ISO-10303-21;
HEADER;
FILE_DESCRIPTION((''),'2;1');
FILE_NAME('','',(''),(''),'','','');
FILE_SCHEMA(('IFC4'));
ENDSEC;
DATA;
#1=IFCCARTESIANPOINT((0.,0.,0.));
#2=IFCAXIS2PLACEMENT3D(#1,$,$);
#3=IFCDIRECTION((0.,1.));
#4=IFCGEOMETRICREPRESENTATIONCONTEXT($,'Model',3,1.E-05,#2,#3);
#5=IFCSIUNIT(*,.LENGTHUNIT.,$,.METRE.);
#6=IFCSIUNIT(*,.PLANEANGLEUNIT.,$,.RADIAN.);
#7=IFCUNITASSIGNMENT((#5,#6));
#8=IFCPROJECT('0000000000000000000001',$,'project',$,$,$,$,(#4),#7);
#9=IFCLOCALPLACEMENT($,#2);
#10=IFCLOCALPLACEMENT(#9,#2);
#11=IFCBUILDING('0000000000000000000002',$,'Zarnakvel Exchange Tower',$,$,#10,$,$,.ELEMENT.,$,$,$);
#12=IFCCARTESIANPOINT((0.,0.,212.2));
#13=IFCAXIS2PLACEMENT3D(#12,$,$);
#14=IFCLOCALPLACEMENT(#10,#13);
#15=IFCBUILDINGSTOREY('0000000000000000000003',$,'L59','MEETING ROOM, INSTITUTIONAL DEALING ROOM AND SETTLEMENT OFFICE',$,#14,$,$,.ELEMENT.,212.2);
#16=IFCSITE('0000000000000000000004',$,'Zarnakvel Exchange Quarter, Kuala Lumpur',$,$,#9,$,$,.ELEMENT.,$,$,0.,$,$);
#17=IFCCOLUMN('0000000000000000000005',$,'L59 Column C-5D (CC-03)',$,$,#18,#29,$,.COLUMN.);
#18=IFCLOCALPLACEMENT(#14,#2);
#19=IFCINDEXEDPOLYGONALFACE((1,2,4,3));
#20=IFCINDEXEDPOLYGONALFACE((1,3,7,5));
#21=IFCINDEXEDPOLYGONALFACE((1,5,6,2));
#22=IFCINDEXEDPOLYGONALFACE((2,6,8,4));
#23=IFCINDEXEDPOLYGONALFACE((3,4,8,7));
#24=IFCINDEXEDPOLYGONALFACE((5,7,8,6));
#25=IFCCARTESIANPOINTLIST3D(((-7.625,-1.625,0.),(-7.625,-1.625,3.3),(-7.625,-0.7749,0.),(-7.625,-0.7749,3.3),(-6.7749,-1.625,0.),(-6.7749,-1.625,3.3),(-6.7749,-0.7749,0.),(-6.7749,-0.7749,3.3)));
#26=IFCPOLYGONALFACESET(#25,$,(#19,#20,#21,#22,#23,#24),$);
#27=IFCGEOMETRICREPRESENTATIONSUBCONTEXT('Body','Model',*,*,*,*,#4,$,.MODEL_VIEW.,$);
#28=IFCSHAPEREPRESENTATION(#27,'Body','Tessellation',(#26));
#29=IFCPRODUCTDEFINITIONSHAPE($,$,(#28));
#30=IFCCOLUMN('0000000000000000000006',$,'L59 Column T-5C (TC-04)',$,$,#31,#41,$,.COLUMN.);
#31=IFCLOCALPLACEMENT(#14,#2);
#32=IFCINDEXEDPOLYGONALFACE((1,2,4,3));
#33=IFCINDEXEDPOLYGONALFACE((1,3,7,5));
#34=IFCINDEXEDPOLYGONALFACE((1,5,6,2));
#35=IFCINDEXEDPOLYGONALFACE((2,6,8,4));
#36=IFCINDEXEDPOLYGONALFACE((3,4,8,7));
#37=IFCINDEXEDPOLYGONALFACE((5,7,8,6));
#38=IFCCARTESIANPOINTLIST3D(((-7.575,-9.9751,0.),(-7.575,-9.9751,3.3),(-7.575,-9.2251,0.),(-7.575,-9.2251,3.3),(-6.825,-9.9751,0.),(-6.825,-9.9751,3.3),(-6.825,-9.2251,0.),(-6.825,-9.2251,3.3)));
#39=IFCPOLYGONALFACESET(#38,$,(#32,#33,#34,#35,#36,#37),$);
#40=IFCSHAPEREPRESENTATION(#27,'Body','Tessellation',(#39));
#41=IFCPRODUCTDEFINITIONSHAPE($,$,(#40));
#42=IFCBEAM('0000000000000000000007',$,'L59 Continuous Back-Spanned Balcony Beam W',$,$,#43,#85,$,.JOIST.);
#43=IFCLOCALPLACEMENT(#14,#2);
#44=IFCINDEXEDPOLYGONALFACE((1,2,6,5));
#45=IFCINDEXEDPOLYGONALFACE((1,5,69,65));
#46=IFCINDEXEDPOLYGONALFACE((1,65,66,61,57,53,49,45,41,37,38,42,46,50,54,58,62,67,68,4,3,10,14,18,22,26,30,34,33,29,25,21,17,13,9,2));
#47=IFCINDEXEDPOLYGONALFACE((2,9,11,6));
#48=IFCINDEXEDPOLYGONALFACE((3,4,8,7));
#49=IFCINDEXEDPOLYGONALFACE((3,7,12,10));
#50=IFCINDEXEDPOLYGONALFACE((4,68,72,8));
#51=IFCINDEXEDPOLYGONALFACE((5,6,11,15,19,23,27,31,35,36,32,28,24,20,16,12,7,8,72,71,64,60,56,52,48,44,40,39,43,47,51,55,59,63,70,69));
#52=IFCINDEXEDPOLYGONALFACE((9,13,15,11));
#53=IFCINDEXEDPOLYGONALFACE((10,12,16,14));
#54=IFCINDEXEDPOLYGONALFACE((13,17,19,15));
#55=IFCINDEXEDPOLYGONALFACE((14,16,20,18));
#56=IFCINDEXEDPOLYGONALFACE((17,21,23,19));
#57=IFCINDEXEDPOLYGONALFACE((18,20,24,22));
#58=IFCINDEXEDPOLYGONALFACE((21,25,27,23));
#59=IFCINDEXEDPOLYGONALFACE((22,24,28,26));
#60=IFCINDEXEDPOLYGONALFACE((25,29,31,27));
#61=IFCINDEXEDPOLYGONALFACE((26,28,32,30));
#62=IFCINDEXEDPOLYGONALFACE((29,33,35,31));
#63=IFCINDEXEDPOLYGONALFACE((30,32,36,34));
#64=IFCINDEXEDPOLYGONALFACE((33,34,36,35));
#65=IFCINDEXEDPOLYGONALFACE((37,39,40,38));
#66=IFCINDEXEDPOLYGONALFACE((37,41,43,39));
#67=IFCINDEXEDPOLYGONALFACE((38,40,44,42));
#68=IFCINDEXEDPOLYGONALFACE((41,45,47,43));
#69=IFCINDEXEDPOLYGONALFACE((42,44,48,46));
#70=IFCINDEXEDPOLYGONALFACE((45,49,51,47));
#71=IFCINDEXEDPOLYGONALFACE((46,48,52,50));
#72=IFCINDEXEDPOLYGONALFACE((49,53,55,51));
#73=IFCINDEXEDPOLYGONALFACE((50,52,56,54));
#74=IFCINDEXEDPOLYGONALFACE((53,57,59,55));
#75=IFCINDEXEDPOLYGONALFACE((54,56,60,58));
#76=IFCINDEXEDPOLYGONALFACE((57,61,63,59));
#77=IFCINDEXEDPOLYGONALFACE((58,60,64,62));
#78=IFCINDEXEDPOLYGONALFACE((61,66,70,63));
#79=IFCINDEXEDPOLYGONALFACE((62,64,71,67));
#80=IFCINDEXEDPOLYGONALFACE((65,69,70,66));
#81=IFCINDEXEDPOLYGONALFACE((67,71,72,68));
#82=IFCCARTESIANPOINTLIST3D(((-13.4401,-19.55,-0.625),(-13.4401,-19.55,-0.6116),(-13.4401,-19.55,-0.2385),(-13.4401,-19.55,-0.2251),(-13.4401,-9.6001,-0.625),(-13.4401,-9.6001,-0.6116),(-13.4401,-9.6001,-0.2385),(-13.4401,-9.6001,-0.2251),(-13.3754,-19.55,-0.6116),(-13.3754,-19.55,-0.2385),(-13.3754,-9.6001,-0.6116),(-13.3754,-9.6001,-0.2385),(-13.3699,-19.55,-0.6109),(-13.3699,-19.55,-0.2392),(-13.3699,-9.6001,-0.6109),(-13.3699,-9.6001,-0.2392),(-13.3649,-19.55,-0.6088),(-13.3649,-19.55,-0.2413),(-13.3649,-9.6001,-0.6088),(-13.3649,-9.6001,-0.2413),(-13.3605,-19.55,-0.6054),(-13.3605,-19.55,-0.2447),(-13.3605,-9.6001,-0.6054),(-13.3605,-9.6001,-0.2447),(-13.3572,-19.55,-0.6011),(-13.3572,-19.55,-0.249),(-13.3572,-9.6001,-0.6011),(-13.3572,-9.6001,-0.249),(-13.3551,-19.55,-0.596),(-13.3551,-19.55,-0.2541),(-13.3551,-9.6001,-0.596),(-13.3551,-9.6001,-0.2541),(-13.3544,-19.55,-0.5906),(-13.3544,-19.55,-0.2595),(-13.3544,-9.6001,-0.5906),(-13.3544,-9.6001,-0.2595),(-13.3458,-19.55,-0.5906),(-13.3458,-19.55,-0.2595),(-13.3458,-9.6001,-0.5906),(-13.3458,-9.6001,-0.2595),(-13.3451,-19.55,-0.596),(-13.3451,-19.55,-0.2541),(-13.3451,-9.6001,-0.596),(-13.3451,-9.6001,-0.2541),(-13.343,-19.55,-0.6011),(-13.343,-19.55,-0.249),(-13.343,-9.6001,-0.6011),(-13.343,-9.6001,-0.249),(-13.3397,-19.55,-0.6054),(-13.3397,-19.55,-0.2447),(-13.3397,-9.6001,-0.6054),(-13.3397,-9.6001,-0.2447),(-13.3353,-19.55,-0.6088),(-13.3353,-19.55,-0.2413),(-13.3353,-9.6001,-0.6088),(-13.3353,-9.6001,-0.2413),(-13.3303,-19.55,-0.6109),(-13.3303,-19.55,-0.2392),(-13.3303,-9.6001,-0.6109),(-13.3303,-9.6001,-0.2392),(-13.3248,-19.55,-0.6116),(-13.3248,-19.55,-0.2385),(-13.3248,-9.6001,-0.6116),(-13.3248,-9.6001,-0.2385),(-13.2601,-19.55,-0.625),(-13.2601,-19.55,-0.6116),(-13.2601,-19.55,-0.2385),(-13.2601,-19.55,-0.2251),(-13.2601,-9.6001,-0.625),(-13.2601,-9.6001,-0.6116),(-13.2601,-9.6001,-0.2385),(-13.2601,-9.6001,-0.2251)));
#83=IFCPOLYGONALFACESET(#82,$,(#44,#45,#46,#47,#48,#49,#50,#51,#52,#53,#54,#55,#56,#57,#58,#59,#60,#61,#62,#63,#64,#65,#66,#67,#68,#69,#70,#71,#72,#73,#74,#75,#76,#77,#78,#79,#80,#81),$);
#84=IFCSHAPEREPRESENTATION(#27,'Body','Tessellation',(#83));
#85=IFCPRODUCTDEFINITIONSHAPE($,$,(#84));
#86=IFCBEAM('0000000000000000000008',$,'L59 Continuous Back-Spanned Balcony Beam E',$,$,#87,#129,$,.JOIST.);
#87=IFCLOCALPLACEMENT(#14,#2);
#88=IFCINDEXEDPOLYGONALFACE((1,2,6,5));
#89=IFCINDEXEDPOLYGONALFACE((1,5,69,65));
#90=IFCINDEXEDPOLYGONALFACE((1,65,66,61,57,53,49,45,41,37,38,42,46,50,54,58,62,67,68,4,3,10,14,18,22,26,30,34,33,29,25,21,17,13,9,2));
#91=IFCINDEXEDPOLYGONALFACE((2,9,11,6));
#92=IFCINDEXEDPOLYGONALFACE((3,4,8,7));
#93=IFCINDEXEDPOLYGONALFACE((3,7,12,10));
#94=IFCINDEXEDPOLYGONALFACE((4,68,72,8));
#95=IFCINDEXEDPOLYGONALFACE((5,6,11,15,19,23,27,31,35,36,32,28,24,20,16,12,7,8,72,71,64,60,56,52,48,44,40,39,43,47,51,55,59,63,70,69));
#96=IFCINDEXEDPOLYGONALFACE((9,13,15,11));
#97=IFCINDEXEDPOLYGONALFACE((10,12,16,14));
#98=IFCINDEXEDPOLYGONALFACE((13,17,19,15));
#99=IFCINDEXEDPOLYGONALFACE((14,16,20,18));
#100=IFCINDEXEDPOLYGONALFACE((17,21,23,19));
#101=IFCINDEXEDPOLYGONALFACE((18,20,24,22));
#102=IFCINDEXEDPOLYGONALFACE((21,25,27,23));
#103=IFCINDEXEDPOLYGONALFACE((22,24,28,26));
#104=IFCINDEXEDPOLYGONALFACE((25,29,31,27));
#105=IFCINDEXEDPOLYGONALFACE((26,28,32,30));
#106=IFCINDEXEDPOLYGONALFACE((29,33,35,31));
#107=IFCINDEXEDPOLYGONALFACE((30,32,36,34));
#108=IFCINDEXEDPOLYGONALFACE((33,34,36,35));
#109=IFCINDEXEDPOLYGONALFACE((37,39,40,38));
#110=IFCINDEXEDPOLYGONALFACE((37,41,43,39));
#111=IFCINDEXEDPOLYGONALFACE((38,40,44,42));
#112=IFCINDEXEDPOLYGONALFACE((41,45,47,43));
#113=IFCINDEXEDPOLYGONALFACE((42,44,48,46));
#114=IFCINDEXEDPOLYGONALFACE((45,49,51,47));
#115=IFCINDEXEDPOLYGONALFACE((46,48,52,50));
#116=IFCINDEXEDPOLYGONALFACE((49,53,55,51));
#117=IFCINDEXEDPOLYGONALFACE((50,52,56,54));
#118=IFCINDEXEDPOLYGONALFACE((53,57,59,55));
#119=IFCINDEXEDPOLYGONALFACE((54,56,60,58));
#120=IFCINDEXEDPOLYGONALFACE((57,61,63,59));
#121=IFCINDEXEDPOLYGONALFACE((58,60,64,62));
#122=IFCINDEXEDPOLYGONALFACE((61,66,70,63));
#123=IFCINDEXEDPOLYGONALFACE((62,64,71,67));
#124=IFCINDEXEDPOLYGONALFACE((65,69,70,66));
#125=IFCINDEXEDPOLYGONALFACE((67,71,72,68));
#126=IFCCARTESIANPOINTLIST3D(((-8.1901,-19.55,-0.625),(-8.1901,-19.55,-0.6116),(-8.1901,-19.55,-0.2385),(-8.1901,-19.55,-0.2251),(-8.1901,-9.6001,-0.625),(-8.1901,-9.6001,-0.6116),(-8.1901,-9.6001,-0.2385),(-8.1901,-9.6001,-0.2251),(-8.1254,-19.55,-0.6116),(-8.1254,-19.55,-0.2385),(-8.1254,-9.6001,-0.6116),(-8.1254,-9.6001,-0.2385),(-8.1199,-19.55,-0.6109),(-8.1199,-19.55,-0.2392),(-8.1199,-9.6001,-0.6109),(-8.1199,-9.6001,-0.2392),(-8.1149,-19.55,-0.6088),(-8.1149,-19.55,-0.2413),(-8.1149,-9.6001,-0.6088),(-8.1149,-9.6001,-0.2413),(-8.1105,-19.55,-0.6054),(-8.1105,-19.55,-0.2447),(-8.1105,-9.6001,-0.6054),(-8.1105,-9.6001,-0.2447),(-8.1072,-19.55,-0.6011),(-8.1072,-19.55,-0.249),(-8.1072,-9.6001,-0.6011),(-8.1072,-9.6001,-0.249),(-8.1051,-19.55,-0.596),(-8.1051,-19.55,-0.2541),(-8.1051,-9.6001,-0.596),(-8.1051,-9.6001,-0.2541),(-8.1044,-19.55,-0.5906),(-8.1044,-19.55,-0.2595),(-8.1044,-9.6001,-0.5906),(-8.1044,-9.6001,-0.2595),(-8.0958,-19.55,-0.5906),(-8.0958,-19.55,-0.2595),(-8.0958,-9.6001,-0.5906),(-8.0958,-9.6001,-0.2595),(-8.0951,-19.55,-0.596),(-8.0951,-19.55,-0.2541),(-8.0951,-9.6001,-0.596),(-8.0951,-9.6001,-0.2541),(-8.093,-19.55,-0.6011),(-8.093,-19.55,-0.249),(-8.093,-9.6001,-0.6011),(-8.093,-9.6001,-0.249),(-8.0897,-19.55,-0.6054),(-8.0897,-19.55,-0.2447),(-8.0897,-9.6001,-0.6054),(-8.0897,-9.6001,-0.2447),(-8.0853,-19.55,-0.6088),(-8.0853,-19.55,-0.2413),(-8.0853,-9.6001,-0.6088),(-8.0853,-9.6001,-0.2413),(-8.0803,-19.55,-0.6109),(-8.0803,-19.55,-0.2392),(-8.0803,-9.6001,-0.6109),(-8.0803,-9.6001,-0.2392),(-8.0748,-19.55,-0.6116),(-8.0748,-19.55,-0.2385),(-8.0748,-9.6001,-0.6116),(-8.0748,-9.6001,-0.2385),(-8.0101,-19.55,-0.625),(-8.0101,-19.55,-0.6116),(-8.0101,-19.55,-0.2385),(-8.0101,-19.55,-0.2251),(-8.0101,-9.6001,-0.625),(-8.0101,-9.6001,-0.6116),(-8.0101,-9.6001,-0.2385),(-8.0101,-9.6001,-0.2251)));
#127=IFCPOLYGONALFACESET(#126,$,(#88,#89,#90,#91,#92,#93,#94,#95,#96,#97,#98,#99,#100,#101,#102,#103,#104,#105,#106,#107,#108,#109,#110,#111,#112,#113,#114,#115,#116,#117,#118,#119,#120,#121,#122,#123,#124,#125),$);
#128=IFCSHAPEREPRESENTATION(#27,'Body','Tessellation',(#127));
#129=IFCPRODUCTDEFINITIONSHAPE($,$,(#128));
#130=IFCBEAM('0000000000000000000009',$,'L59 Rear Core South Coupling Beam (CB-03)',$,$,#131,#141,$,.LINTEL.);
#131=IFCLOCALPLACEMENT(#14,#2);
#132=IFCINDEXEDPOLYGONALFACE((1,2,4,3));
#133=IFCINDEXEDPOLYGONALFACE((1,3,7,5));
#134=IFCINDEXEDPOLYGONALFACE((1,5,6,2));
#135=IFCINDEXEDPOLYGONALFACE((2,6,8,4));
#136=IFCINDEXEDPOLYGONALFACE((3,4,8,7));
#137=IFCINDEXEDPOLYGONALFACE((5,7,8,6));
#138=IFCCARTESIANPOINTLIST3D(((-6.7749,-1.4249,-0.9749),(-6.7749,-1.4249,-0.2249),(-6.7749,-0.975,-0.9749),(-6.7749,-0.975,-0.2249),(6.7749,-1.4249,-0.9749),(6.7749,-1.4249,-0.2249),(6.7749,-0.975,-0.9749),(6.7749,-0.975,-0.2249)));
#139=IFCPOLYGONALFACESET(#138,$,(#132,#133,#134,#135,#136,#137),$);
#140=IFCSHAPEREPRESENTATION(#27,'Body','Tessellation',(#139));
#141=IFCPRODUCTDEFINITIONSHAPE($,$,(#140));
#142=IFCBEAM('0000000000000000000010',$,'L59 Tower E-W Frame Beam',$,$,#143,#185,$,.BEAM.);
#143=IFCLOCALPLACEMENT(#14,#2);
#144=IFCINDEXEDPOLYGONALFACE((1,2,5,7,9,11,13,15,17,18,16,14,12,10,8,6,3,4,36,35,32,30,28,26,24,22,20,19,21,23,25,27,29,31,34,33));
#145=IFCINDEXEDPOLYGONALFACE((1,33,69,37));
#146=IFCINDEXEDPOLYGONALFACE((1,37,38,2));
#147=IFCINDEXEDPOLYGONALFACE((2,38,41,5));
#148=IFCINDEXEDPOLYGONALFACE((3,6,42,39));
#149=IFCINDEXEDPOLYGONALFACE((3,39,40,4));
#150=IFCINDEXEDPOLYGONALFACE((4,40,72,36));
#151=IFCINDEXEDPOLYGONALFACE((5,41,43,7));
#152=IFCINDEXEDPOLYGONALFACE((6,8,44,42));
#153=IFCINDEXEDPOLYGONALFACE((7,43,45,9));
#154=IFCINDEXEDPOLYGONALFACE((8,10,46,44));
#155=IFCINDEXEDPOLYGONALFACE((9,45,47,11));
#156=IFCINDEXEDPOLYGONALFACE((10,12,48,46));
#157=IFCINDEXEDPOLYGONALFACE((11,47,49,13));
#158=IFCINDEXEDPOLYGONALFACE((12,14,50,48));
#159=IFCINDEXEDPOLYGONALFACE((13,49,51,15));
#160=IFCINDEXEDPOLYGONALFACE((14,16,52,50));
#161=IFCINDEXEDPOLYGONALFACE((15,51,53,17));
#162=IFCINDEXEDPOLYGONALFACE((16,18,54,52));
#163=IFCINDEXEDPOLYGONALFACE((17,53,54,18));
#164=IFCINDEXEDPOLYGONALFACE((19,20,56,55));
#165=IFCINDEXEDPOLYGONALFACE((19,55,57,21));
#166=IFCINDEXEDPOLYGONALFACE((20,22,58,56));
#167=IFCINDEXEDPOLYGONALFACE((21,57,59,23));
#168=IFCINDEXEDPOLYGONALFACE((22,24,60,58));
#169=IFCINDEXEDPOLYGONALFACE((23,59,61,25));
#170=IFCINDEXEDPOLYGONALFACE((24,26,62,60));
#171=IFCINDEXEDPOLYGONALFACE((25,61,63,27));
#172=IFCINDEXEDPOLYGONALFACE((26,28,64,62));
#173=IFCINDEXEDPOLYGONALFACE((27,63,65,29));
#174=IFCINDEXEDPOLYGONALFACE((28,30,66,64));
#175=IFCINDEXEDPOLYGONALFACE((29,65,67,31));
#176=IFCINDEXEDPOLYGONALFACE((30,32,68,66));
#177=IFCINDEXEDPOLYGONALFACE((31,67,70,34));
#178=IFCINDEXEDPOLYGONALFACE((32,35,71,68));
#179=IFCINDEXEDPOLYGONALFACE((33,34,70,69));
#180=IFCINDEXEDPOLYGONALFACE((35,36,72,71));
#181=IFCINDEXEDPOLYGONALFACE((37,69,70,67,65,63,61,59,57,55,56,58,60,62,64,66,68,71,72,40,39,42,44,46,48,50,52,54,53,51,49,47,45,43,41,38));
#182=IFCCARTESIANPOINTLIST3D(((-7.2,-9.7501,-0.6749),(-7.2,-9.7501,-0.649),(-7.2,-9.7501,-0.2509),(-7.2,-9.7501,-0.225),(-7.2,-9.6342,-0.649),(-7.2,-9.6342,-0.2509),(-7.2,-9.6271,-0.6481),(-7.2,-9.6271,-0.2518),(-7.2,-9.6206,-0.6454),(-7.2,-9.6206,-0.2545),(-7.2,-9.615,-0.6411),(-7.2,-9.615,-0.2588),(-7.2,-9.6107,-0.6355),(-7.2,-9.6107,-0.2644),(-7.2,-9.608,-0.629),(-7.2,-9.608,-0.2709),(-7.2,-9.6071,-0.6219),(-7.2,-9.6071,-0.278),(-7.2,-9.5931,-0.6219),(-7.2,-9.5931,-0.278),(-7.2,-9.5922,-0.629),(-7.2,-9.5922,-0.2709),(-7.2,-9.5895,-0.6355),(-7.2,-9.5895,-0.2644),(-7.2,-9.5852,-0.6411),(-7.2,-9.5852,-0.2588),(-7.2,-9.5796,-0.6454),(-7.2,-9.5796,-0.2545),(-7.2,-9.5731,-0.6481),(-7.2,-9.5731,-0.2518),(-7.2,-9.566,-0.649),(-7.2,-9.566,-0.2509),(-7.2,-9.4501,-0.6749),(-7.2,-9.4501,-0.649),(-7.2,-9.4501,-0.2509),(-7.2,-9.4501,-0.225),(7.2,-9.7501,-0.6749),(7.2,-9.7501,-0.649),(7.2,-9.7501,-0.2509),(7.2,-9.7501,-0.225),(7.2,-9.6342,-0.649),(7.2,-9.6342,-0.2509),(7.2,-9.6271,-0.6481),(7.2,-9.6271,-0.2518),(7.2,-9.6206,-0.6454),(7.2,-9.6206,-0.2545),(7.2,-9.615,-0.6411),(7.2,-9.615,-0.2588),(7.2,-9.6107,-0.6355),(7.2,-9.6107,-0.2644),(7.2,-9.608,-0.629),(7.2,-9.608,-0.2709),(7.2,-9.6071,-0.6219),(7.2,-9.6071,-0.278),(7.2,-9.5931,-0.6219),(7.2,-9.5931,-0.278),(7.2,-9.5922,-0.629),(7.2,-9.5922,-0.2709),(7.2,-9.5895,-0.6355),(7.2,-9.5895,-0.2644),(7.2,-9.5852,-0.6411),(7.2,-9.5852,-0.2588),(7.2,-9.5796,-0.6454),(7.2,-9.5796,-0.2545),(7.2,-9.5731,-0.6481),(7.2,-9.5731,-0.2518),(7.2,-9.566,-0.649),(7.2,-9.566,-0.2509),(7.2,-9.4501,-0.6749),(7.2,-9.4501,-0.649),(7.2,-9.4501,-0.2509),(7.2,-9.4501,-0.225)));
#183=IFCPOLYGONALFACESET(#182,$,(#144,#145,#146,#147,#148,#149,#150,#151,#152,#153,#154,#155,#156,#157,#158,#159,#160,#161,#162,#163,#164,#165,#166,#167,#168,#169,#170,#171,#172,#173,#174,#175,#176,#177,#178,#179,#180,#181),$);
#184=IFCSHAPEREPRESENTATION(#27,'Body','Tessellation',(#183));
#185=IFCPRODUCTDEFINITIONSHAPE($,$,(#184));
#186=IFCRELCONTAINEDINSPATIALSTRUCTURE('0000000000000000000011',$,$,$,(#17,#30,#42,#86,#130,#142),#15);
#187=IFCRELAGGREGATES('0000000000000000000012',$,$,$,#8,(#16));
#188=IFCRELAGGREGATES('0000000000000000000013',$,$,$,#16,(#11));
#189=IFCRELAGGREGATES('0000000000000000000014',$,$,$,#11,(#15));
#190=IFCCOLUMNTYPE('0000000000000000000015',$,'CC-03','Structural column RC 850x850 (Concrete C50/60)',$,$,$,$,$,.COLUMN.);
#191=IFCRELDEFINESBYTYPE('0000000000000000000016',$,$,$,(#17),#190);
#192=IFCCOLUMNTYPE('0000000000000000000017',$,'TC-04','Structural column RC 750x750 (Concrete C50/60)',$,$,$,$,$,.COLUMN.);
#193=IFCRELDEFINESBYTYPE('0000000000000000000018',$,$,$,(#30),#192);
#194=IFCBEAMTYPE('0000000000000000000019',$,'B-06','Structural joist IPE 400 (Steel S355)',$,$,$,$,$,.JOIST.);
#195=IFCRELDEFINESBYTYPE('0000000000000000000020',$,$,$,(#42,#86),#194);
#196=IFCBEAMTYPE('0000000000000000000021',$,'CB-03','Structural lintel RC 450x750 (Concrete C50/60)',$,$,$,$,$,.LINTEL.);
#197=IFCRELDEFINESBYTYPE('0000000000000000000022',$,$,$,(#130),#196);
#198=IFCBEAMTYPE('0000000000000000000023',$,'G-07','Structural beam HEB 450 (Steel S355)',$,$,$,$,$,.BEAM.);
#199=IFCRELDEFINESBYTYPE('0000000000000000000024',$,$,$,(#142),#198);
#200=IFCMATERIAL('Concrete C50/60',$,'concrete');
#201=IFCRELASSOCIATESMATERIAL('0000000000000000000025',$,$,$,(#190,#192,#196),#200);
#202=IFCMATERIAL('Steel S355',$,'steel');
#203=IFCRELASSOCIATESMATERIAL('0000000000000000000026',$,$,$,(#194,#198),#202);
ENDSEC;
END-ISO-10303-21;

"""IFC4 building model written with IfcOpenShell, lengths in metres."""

from ifc_helpers import new_model, si_unit, direction, frame, origin, origin_2d, place, context, subcontext, project, spatial, rectangle, i_section, extrude, material, material_profile, profile_set, type_object, element, save


model = new_model("IFC4")

# Units and contexts
model_context = context("Model", 3, precision=1e-05, world=origin(), true_north=direction((0.0, 1.0)))
body_context = subcontext(model_context, "Body", "Model", "MODEL_VIEW")
ifc_project = project(units=[si_unit("LENGTHUNIT", "METRE"), si_unit("PLANEANGLEUNIT", "RADIAN")], contexts=[model_context])

# Site, building, storey
site_placement = place(None, origin())
site = spatial("IfcSite", under=ifc_project, at=site_placement, Name="Zarnakvel Exchange Quarter, Kuala Lumpur", CompositionType="ELEMENT", RefElevation=0.0)
building_placement = place(site_placement, origin())
building = spatial("IfcBuilding", under=site, at=building_placement, Name="Zarnakvel Exchange Tower", CompositionType="ELEMENT")
storey_placement = place(building_placement, frame((0.0, 0.0, 212.2)))
storey = spatial("IfcBuildingStorey", under=building, at=storey_placement, Name="L59", Description="MEETING ROOM, INSTITUTIONAL DEALING ROOM AND SETTLEMENT OFFICE", CompositionType="ELEMENT", Elevation=212.2)

# Columns
ifc_material_1 = material(Name="Concrete C50/60", Category="concrete")
ifc_material_profile_1 = material_profile(ifc_material_1, rectangle(XDim=0.8501, YDim=0.8501, at=origin_2d()))
ifc_profile_set_1 = profile_set([ifc_material_profile_1], Name="Concrete C50/60")
column_type_1 = type_object("IfcColumnType", Name="CC-03", Description="Structural column RC 850x850 (Concrete C50/60)", PredefinedType="COLUMN", material=ifc_profile_set_1)
column_1_placement = place(storey_placement, frame((-7.2, -1.2, 0.0), z_axis=(0.0, 0.0, 1.0), x_axis=(1.0, 0.0, 0.0)))
element("IfcColumn", 1, at=column_1_placement, inside=storey, type_object=column_type_1, Name="L59 Column C-5D (CC-03)", PredefinedType="COLUMN", context=body_context, shape_type="SweptSolid", body=[
    extrude(rectangle(XDim=0.8501, YDim=0.8501, at=origin_2d()), origin(), (0.0, 0.0, 1.0), 3.3),
])
ifc_material_profile_2 = material_profile(ifc_material_1, rectangle(XDim=0.75, YDim=0.75, at=origin_2d()))
ifc_profile_set_2 = profile_set([ifc_material_profile_2], Name="Concrete C50/60")
column_type_2 = type_object("IfcColumnType", Name="TC-04", Description="Structural column RC 750x750 (Concrete C50/60)", PredefinedType="COLUMN", material=ifc_profile_set_2)
column_2_placement = place(storey_placement, frame((-7.2, -9.6001, 0.0), z_axis=(0.0, 0.0, 1.0), x_axis=(1.0, 0.0, 0.0)))
element("IfcColumn", 2, at=column_2_placement, inside=storey, type_object=column_type_2, Name="L59 Column T-5C (TC-04)", PredefinedType="COLUMN", context=body_context, shape_type="SweptSolid", body=[
    extrude(rectangle(XDim=0.75, YDim=0.75, at=origin_2d()), origin(), (0.0, 0.0, 1.0), 3.3),
])

# Beams
ifc_material_2 = material(Name="Steel S355", Category="steel")
ifc_material_profile_3 = material_profile(ifc_material_2, i_section(OverallWidth=0.1799, OverallDepth=0.3999, WebThickness=0.0085, FlangeThickness=0.0134, FilletRadius=0.021, at=origin_2d()))
ifc_profile_set_3 = profile_set([ifc_material_profile_3], Name="Steel S355")
beam_type_1 = type_object("IfcBeamType", Name="B-06", Description="Structural joist IPE 400 (Steel S355)", PredefinedType="JOIST", material=ifc_profile_set_3)
for number, where, z_axis, x_axis, name in (
    (3, (-13.3501, -9.6001, -0.425), (0.0, -1.0, 0.0), (1.0, 0.0, 0.0), "L59 Continuous Back-Spanned Balcony Beam W"),
    (4, (-8.1001, -9.6001, -0.425), (0.0, -1.0, 0.0), (1.0, 0.0, 0.0), "L59 Continuous Back-Spanned Balcony Beam E"),
):
    element("IfcBeam", number, at=place(storey_placement, frame(where, z_axis=z_axis, x_axis=x_axis)), inside=storey, type_object=beam_type_1, Name=name, PredefinedType="JOIST", context=body_context, shape_type="SweptSolid", body=[
        extrude(i_section(OverallWidth=0.1799, OverallDepth=0.3999, WebThickness=0.0085, FlangeThickness=0.0134, FilletRadius=0.021, at=origin_2d()), origin(), (0.0, 0.0, 1.0), 9.95),
    ])
ifc_material_profile_4 = material_profile(ifc_material_1, rectangle(XDim=0.45, YDim=0.75, at=origin_2d()))
ifc_profile_set_4 = profile_set([ifc_material_profile_4], Name="Concrete C50/60")
beam_type_2 = type_object("IfcBeamType", Name="CB-03", Description="Structural lintel RC 450x750 (Concrete C50/60)", PredefinedType="LINTEL", material=ifc_profile_set_4)
beam_1_placement = place(storey_placement, frame((-6.7749, -1.2, -0.5999), z_axis=(1.0, 0.0, 0.0), x_axis=(0.0, 1.0, 0.0)))
element("IfcBeam", 5, at=beam_1_placement, inside=storey, type_object=beam_type_2, Name="L59 Rear Core South Coupling Beam (CB-03)", PredefinedType="LINTEL", context=body_context, shape_type="SweptSolid", body=[
    extrude(rectangle(XDim=0.45, YDim=0.75, at=origin_2d()), origin(), (0.0, 0.0, 1.0), 13.5498),
])
ifc_material_profile_5 = material_profile(ifc_material_2, i_section(OverallWidth=0.3, OverallDepth=0.45, WebThickness=0.0139, FlangeThickness=0.0259, FilletRadius=0.0271, at=origin_2d()))
ifc_profile_set_5 = profile_set([ifc_material_profile_5], Name="Steel S355")
beam_type_3 = type_object("IfcBeamType", Name="G-07", Description="Structural beam HEB 450 (Steel S355)", PredefinedType="BEAM", material=ifc_profile_set_5)
beam_2_placement = place(storey_placement, frame((-7.2, -9.6001, -0.45), z_axis=(1.0, 0.0, 0.0), x_axis=(0.0, 1.0, 0.0)))
element("IfcBeam", 6, at=beam_2_placement, inside=storey, type_object=beam_type_3, Name="L59 Tower E-W Frame Beam", PredefinedType="BEAM", context=body_context, shape_type="SweptSolid", body=[
    extrude(i_section(OverallWidth=0.3, OverallDepth=0.45, WebThickness=0.0139, FlangeThickness=0.0259, FilletRadius=0.0271, at=origin_2d()), origin(), (0.0, 0.0, 1.0), 14.3999),
])

save(model, "model.ifc")
